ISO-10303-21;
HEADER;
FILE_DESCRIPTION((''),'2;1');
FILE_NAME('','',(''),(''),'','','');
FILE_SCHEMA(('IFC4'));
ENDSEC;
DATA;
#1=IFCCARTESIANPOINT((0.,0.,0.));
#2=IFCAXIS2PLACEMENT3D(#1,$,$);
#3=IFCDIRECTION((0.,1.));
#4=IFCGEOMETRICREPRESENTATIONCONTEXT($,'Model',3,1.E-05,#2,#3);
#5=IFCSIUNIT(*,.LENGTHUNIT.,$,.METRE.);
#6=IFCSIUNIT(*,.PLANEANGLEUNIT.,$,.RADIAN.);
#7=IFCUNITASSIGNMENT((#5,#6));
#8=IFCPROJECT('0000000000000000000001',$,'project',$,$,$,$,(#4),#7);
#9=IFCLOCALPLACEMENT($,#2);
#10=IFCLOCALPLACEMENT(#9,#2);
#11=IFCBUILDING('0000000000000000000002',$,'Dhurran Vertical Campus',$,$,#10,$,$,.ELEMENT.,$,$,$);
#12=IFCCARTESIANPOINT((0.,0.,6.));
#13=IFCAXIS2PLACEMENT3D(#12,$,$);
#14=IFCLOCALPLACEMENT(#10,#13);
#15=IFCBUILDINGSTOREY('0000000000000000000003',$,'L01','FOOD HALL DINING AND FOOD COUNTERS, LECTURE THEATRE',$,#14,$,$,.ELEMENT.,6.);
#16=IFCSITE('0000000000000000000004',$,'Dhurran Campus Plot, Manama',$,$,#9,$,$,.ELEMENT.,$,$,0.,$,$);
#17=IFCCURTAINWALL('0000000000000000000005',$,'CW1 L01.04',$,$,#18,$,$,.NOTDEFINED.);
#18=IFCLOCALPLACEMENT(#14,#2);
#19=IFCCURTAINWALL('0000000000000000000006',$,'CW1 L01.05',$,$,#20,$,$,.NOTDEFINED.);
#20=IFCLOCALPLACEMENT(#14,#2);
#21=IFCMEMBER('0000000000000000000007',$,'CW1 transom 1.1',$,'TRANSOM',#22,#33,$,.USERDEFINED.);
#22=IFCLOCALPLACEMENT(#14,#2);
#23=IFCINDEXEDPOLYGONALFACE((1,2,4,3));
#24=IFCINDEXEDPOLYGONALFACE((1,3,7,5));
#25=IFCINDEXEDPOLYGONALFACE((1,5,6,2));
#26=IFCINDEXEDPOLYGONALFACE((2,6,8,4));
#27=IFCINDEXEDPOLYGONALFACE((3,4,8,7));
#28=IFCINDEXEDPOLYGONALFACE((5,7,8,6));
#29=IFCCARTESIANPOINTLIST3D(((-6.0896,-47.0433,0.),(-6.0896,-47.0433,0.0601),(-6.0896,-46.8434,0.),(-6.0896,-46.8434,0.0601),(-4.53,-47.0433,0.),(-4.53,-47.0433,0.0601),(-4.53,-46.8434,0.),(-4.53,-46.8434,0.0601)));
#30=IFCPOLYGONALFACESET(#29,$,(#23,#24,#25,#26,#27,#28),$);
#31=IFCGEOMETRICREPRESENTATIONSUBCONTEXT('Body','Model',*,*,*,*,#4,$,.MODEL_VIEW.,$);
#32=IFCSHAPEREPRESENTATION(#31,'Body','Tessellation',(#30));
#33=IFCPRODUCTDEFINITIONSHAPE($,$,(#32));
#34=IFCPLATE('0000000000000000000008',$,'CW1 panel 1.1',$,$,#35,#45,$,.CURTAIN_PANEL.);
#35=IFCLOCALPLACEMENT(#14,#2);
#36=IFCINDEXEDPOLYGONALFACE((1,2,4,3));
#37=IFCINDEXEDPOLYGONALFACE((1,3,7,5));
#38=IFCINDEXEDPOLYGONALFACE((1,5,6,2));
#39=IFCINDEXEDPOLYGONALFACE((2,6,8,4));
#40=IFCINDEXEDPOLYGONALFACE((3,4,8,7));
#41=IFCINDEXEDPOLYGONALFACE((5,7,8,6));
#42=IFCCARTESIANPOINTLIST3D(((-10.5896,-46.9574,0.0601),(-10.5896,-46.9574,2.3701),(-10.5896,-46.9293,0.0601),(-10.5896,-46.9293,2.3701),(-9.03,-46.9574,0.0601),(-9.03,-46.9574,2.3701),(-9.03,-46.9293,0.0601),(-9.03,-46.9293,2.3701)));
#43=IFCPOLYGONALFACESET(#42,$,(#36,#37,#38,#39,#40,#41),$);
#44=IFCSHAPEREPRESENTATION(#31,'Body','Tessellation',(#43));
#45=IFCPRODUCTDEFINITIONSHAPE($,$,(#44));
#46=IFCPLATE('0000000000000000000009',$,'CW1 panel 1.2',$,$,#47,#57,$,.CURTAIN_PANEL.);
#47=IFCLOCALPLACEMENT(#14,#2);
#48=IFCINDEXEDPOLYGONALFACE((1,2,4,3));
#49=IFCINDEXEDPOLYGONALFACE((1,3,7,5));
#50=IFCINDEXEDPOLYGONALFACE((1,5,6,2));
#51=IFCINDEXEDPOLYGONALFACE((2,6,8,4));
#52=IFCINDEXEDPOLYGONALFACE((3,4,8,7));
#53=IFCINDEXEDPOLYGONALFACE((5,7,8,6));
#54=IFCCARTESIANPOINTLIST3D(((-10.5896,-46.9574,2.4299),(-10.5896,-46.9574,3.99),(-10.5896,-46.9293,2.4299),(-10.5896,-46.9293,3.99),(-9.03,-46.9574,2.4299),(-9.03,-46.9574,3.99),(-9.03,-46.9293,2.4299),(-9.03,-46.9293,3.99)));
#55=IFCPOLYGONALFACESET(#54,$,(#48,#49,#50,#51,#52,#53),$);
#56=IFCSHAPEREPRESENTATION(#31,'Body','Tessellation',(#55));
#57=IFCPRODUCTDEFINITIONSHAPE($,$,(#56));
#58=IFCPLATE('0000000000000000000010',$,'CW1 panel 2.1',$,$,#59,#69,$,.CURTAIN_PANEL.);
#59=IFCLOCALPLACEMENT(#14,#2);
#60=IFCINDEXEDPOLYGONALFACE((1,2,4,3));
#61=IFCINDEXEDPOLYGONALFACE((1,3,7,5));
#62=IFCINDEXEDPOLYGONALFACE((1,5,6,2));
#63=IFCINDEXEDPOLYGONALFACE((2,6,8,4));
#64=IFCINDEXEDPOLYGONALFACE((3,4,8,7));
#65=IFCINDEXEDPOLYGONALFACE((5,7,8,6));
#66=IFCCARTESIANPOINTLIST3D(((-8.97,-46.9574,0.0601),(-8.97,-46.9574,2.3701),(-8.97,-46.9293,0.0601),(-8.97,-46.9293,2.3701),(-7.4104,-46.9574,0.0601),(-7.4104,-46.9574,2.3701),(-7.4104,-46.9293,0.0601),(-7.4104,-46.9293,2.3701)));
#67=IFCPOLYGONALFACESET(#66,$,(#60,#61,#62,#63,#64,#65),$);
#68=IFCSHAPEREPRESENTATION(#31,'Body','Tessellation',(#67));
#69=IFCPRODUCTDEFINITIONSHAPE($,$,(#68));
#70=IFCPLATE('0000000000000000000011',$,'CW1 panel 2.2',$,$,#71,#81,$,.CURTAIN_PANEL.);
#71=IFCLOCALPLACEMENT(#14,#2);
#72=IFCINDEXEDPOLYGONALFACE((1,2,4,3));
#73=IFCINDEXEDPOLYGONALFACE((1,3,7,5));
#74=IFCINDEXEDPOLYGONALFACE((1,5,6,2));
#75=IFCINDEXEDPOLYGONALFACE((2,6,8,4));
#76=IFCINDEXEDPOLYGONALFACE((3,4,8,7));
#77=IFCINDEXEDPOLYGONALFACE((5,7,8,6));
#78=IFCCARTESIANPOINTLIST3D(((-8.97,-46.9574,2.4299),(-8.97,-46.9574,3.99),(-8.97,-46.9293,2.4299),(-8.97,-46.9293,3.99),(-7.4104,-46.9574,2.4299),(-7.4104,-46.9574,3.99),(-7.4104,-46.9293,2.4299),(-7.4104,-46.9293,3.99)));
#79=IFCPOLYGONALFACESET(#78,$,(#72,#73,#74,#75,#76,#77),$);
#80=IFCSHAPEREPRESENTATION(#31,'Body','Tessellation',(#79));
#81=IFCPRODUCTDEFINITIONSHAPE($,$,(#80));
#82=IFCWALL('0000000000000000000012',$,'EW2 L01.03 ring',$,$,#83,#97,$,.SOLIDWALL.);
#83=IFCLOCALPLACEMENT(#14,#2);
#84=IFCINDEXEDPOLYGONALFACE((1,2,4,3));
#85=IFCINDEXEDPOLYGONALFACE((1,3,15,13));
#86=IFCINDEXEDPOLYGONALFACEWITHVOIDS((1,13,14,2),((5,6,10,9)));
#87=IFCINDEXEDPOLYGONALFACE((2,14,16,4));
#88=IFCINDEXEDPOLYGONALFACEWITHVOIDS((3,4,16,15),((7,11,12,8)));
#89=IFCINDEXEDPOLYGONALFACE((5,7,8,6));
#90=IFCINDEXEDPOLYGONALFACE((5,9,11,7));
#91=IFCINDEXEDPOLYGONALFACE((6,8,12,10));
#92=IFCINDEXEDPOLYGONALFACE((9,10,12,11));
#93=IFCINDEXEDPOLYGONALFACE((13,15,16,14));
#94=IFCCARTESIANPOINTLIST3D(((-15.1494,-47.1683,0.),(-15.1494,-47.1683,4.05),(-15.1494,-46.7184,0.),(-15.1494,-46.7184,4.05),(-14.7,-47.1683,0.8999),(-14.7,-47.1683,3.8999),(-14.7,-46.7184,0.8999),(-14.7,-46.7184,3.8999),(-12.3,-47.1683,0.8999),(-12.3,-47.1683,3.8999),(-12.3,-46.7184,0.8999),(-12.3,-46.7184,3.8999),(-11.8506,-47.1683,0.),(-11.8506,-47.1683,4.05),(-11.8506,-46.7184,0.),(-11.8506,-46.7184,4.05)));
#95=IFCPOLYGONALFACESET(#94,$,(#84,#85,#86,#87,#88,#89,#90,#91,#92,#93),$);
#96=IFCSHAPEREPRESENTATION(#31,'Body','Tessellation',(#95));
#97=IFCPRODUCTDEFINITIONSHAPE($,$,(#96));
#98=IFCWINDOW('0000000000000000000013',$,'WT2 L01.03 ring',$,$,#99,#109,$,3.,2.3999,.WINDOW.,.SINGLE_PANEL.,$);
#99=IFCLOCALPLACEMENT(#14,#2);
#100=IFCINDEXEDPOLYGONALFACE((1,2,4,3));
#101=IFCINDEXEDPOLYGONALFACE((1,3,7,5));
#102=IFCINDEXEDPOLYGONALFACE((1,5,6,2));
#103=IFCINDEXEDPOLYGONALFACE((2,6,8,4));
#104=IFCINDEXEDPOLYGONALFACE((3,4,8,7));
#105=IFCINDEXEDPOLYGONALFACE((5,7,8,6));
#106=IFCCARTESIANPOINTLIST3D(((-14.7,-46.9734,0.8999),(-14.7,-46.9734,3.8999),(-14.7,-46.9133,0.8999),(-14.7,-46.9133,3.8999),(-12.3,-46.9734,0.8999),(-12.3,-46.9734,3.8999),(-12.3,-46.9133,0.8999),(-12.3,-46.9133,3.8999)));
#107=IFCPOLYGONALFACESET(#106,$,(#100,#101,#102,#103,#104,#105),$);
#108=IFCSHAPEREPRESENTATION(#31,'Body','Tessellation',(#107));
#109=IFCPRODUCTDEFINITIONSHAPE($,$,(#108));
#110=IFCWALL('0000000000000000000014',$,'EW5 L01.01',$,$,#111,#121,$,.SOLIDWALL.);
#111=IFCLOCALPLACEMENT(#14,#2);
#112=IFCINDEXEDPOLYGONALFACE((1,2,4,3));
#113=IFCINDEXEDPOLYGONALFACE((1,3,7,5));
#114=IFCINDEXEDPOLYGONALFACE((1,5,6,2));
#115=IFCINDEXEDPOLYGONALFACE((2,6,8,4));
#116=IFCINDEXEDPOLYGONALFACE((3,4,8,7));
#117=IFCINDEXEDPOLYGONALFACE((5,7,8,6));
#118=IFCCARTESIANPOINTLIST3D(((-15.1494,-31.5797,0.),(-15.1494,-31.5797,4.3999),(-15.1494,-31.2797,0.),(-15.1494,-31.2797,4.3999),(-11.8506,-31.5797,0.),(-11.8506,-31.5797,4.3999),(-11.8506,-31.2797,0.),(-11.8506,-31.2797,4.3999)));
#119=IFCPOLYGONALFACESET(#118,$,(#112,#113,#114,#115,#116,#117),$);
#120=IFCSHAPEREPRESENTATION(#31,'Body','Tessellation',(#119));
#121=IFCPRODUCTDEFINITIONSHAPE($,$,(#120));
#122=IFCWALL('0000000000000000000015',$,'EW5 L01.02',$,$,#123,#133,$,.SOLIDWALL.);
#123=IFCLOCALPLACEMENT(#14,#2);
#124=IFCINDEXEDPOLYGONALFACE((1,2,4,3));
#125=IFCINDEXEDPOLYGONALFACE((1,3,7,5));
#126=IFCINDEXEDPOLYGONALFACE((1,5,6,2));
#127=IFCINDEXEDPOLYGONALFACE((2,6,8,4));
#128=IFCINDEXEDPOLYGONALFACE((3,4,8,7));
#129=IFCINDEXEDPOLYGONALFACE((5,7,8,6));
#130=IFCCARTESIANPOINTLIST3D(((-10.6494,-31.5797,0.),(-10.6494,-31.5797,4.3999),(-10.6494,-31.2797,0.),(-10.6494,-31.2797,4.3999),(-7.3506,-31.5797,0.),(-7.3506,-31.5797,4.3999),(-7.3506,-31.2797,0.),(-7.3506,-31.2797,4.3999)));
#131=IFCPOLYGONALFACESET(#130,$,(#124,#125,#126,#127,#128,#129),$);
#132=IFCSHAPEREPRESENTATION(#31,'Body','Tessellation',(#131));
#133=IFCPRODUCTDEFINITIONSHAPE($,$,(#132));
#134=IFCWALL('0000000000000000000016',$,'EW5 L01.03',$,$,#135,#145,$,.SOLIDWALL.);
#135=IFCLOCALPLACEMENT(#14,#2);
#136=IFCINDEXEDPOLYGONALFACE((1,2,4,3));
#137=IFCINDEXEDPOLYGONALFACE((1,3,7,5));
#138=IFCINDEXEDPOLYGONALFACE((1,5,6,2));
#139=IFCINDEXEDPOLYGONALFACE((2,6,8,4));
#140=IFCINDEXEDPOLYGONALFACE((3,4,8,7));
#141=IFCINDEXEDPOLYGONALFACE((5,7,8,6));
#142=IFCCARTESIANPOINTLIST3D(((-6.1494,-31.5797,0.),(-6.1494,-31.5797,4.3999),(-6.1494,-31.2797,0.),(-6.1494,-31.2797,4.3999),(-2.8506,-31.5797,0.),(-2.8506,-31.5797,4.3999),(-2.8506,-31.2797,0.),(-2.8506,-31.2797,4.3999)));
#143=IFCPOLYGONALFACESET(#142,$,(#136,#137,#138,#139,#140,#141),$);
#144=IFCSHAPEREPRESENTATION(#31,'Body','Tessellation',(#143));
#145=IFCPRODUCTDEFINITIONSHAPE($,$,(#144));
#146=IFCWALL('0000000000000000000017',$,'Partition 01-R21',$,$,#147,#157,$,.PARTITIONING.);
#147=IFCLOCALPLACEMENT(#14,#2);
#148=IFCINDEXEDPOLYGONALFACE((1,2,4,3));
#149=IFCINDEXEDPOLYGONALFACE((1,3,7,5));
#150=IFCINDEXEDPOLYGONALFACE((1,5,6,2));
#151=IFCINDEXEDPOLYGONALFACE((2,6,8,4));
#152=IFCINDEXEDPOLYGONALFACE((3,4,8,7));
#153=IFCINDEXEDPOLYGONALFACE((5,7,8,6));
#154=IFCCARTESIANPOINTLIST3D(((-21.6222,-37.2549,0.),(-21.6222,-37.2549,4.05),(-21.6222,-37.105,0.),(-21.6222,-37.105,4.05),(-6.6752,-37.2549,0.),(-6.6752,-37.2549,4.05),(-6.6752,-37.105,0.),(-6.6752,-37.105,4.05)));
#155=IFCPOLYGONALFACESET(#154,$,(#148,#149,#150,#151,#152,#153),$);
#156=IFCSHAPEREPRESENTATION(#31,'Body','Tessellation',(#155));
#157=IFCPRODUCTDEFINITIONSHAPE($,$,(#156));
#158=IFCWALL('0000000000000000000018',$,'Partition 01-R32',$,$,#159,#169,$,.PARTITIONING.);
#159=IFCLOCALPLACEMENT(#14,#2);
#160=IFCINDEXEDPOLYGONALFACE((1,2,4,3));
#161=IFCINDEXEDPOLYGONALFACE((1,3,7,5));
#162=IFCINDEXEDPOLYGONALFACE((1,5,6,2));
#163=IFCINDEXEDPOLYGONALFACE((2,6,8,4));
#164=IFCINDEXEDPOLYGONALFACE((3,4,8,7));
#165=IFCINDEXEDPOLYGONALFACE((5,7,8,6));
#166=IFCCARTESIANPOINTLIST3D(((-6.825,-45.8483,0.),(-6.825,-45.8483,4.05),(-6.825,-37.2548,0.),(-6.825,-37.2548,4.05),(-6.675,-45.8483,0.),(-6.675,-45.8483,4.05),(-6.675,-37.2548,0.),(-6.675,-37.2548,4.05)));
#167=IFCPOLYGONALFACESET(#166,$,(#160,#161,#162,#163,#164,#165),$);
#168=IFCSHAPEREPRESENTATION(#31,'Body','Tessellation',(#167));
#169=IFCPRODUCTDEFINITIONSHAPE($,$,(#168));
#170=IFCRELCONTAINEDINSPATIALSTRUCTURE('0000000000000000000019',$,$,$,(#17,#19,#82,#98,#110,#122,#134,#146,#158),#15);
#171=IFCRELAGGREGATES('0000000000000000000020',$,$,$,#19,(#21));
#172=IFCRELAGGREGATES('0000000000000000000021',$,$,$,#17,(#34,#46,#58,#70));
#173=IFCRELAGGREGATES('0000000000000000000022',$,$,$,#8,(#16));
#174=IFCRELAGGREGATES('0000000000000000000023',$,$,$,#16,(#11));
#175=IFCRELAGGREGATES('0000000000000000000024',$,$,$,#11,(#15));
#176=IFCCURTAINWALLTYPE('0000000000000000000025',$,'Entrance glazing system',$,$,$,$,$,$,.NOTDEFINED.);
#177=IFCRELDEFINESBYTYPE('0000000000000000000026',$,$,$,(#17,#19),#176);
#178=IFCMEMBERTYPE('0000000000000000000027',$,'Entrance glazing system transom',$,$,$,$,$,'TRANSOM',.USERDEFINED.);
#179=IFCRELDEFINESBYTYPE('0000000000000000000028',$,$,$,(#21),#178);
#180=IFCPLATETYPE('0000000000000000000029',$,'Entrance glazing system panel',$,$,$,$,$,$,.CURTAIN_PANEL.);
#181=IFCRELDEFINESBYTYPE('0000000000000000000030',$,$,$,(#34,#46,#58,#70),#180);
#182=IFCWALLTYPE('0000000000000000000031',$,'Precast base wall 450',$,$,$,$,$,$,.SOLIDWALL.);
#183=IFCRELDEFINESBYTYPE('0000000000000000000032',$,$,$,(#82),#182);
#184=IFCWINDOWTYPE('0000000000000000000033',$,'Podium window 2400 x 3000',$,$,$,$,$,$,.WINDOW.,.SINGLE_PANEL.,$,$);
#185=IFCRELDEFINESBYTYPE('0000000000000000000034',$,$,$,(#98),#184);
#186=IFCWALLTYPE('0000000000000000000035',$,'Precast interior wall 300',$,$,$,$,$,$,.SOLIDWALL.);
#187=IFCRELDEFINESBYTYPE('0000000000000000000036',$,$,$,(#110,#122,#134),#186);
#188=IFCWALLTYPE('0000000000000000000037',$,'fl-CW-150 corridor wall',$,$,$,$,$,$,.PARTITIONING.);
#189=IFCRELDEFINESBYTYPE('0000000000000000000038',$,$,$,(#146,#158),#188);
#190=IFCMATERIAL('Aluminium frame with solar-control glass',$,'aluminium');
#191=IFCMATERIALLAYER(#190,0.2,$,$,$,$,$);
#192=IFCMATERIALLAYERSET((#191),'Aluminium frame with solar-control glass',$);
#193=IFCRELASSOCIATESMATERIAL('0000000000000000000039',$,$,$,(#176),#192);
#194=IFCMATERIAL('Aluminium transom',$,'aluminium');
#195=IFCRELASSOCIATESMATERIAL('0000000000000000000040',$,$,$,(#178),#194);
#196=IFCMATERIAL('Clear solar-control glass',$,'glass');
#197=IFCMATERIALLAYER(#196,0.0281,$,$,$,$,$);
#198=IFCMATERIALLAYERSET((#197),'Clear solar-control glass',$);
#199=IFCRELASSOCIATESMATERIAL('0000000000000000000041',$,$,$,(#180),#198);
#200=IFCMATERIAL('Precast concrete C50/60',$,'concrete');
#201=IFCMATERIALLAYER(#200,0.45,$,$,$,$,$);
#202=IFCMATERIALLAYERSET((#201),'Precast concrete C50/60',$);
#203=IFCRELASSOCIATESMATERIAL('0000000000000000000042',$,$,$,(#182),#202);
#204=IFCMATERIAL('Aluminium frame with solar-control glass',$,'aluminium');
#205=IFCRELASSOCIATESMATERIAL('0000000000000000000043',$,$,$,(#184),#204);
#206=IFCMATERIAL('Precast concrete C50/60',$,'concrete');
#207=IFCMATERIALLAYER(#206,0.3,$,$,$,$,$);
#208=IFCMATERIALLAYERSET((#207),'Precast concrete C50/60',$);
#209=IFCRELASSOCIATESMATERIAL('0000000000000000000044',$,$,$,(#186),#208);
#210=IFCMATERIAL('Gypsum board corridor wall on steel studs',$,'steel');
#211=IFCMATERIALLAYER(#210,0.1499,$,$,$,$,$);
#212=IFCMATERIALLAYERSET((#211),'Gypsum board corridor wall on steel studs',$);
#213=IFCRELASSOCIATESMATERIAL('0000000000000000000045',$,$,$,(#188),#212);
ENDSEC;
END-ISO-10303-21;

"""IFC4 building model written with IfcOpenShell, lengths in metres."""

from ifc_helpers import new_model, si_unit, direction, frame, frame_2d, origin, origin_2d, place, context, subcontext, project, spatial, rectangle, extrude, material, layer, layer_set, material_profile, profile_set, type_object, element, fill, aggregate, save


model = new_model("IFC4")

# Units and contexts
model_context = context("Model", 3, precision=1e-05, world=origin(), true_north=direction((0.0, 1.0)))
body_context = subcontext(model_context, "Body", "Model", "MODEL_VIEW")
ifc_project = project(units=[si_unit("LENGTHUNIT", "METRE"), si_unit("PLANEANGLEUNIT", "RADIAN")], contexts=[model_context])

# Site, building, storey
site_placement = place(None, origin())
site = spatial("IfcSite", under=ifc_project, at=site_placement, Name="Dhurran Campus Plot, Manama", CompositionType="ELEMENT", RefElevation=0.0)
building_placement = place(site_placement, origin())
building = spatial("IfcBuilding", under=site, at=building_placement, Name="Dhurran Vertical Campus", CompositionType="ELEMENT")
storey_placement = place(building_placement, frame((0.0, 0.0, 6.0)))
storey = spatial("IfcBuildingStorey", under=building, at=storey_placement, Name="L01", Description="FOOD HALL DINING AND FOOD COUNTERS, LECTURE THEATRE", CompositionType="ELEMENT", Elevation=6.0)

# Curtain wall
ifc_material_1 = material(Name="Aluminium frame with solar-control glass", Category="aluminium")
ifc_layer_1 = layer(ifc_material_1, 0.2)
ifc_layer_set_1 = layer_set([ifc_layer_1], Name="Aluminium frame with solar-control glass")
curtain_wall_type = type_object("IfcCurtainWallType", Name="Entrance glazing system", PredefinedType="NOTDEFINED", material=ifc_layer_set_1)
curtain_wall_1_placement = place(storey_placement, origin())
curtain_wall_1 = element("IfcCurtainWall", 1, at=curtain_wall_1_placement, inside=storey, type_object=curtain_wall_type, Name="CW1 L01.04", PredefinedType="NOTDEFINED")

# Curtain wall
curtain_wall_2_placement = place(storey_placement, origin())
curtain_wall_2 = element("IfcCurtainWall", 2, at=curtain_wall_2_placement, inside=storey, type_object=curtain_wall_type, Name="CW1 L01.05", PredefinedType="NOTDEFINED")

# Member
ifc_material_2 = material(Name="Aluminium transom", Category="aluminium")
ifc_material_profile_1 = material_profile(ifc_material_2, rectangle(XDim=0.2, YDim=0.0601, at=origin_2d()), Name="Entrance glazing system transom")
ifc_profile_set_1 = profile_set([ifc_material_profile_1], Name="Aluminium transom")
member_type_1 = type_object("IfcMemberType", Name="Entrance glazing system transom", ElementType="TRANSOM", PredefinedType="USERDEFINED", material=ifc_profile_set_1)
member_1_placement = place(storey_placement, frame((-6.0896, -46.9434, 0.03), z_axis=(1.0, 0.0, 0.0), x_axis=(0.0, 1.0, 0.0)))
member_1 = element("IfcMember", 3, at=member_1_placement, type_object=member_type_1, Name="CW1 transom 1.1", ObjectType="TRANSOM", PredefinedType="USERDEFINED", context=body_context, shape_type="SweptSolid", body=[
    extrude(rectangle(XDim=0.2, YDim=0.0601, at=origin_2d()), origin(), (0.0, 0.0, 1.0), 1.5596),
])
aggregate(curtain_wall_2, [member_1])

# Plates
ifc_material_3 = material(Name="Clear solar-control glass", Category="glass")
ifc_layer_2 = layer(ifc_material_3, 0.0281)
ifc_layer_set_2 = layer_set([ifc_layer_2], Name="Clear solar-control glass")
plate_type = type_object("IfcPlateType", Name="Entrance glazing system panel", PredefinedType="CURTAIN_PANEL", material=ifc_layer_set_2)
plate_1_placement = place(storey_placement, frame((-9.8098, -46.9434, 0.0601), z_axis=(0.0, 0.0, 1.0), x_axis=(1.0, 0.0, 0.0)))
plate_1 = element("IfcPlate", 4, at=plate_1_placement, type_object=plate_type, Name="CW1 panel 1.1", PredefinedType="CURTAIN_PANEL", context=body_context, shape_type="SweptSolid", body=[
    extrude(rectangle(XDim=1.5596, YDim=0.0281, at=origin_2d()), origin(), (0.0, 0.0, 1.0), 2.3101),
])
plate_2_placement = place(storey_placement, frame((-9.8098, -46.9434, 2.4299), z_axis=(0.0, 0.0, 1.0), x_axis=(1.0, 0.0, 0.0)))
plate_2 = element("IfcPlate", 5, at=plate_2_placement, type_object=plate_type, Name="CW1 panel 1.2", PredefinedType="CURTAIN_PANEL", context=body_context, shape_type="SweptSolid", body=[
    extrude(rectangle(XDim=1.5596, YDim=0.0281, at=origin_2d()), origin(), (0.0, 0.0, 1.0), 1.5601),
])
plate_3_placement = place(storey_placement, frame((-8.1902, -46.9434, 0.0601), z_axis=(0.0, 0.0, 1.0), x_axis=(1.0, 0.0, 0.0)))
plate_3 = element("IfcPlate", 6, at=plate_3_placement, type_object=plate_type, Name="CW1 panel 2.1", PredefinedType="CURTAIN_PANEL", context=body_context, shape_type="SweptSolid", body=[
    extrude(rectangle(XDim=1.5596, YDim=0.0281, at=origin_2d()), origin(), (0.0, 0.0, 1.0), 2.3101),
])
plate_4_placement = place(storey_placement, frame((-8.1902, -46.9434, 2.4299), z_axis=(0.0, 0.0, 1.0), x_axis=(1.0, 0.0, 0.0)))
plate_4 = element("IfcPlate", 7, at=plate_4_placement, type_object=plate_type, Name="CW1 panel 2.2", PredefinedType="CURTAIN_PANEL", context=body_context, shape_type="SweptSolid", body=[
    extrude(rectangle(XDim=1.5596, YDim=0.0281, at=origin_2d()), origin(), (0.0, 0.0, 1.0), 1.5601),
])
aggregate(curtain_wall_1, [plate_1, plate_2, plate_3, plate_4])

# Wall, opening, window
ifc_material_4 = material(Name="Precast concrete C50/60", Category="concrete")
ifc_layer_3 = layer(ifc_material_4, 0.45)
ifc_layer_set_3 = layer_set([ifc_layer_3], Name="Precast concrete C50/60")
wall_type_1 = type_object("IfcWallType", Name="Precast base wall 450", PredefinedType="SOLIDWALL", material=ifc_layer_set_3)
wall_1_placement = place(storey_placement, frame((-11.8506, -46.9434, 0.0), z_axis=(0.0, 0.0, 1.0), x_axis=(-1.0, 0.0, 0.0)))
wall_1 = element("IfcWall", 8, at=wall_1_placement, inside=storey, type_object=wall_type_1, Name="EW2 L01.03 ring", PredefinedType="SOLIDWALL", context=body_context, shape_type="SweptSolid", body=[
    extrude(rectangle(XDim=3.2988, YDim=0.45, at=frame_2d((1.6494, 0.0))), origin(), (0.0, 0.0, 1.0), 4.05),
])
opening_placement = place(wall_1_placement, frame((0.4495, 0.0, 0.8999)))
opening = element("IfcOpeningElement", 9, at=opening_placement, cuts=wall_1, PredefinedType="OPENING", context=body_context, shape_type="SweptSolid", body=[
    extrude(rectangle(XDim=2.3999, YDim=3.0, at=frame_2d((1.2, 1.5))), frame((0.0, 0.2349, 0.0), z_axis=(0.0, -1.0, 0.0), x_axis=(1.0, 0.0, 0.0)), (0.0, 0.0, 1.0), 0.47),
])
ifc_material_5 = material(Name="Aluminium frame with solar-control glass", Category="aluminium")
window_type = type_object("IfcWindowType", Name="Podium window 2400 x 3000", PartitioningType="SINGLE_PANEL", PredefinedType="WINDOW", material=ifc_material_5)
window_placement = place(opening_placement, origin())
window = element("IfcWindow", 10, at=window_placement, inside=storey, type_object=window_type, Name="WT2 L01.03 ring", OverallHeight=3.0, OverallWidth=2.3999, PartitioningType="SINGLE_PANEL", PredefinedType="WINDOW", context=body_context, shape_type="SweptSolid", body=[
    extrude(rectangle(XDim=2.3999, YDim=3.0, at=frame_2d((1.2, 1.5))), frame((0.0, 0.03, 0.0), z_axis=(0.0, -1.0, 0.0), x_axis=(1.0, 0.0, 0.0)), (0.0, 0.0, 1.0), 0.0601),
])
fill(opening, window)

# Walls
ifc_material_6 = material(Name="Precast concrete C50/60", Category="concrete")
ifc_layer_4 = layer(ifc_material_6, 0.3)
ifc_layer_set_4 = layer_set([ifc_layer_4], Name="Precast concrete C50/60")
wall_type_2 = type_object("IfcWallType", Name="Precast interior wall 300", PredefinedType="SOLIDWALL", material=ifc_layer_set_4)
for number, where, z_axis, x_axis, name in (
    (11, (-15.1494, -31.4297, 0.0), (0.0, 0.0, 1.0), (1.0, 0.0, 0.0), "EW5 L01.01"),
    (12, (-10.6494, -31.4297, 0.0), (0.0, 0.0, 1.0), (1.0, 0.0, 0.0), "EW5 L01.02"),
    (13, (-6.1494, -31.4297, 0.0), (0.0, 0.0, 1.0), (1.0, 0.0, 0.0), "EW5 L01.03"),
):
    element("IfcWall", number, at=place(storey_placement, frame(where, z_axis=z_axis, x_axis=x_axis)), inside=storey, type_object=wall_type_2, Name=name, PredefinedType="SOLIDWALL", context=body_context, shape_type="SweptSolid", body=[
        extrude(rectangle(XDim=3.2988, YDim=0.3, at=frame_2d((1.6494, 0.0))), origin(), (0.0, 0.0, 1.0), 4.3999),
    ])
ifc_material_7 = material(Name="Gypsum board corridor wall on steel studs", Category="steel")
ifc_layer_5 = layer(ifc_material_7, 0.1499)
ifc_layer_set_5 = layer_set([ifc_layer_5], Name="Gypsum board corridor wall on steel studs")
wall_type_3 = type_object("IfcWallType", Name="fl-CW-150 corridor wall", PredefinedType="PARTITIONING", material=ifc_layer_set_5)
wall_2_placement = place(storey_placement, frame((-6.675, -37.1799, 0.0), z_axis=(0.0, 0.0, 1.0), x_axis=(-1.0, 0.0, 0.0)))
element("IfcWall", 14, at=wall_2_placement, inside=storey, type_object=wall_type_3, Name="Partition 01-R21", PredefinedType="PARTITIONING", context=body_context, shape_type="SweptSolid", body=[
    extrude(rectangle(XDim=14.947, YDim=0.1499, at=frame_2d((7.4736, 0.0))), origin(), (0.0, 0.0, 1.0), 4.05),
])
wall_3_placement = place(storey_placement, frame((-6.75, -45.8484, 0.0), z_axis=(0.0, 0.0, 1.0), x_axis=(0.0, 1.0, 0.0)))
element("IfcWall", 15, at=wall_3_placement, inside=storey, type_object=wall_type_3, Name="Partition 01-R32", PredefinedType="PARTITIONING", context=body_context, shape_type="SweptSolid", body=[
    extrude(rectangle(XDim=8.5935, YDim=0.1499, at=frame_2d((4.2969, 0.0))), origin(), (0.0, 0.0, 1.0), 4.05),
])

save(model, "model.ifc")
